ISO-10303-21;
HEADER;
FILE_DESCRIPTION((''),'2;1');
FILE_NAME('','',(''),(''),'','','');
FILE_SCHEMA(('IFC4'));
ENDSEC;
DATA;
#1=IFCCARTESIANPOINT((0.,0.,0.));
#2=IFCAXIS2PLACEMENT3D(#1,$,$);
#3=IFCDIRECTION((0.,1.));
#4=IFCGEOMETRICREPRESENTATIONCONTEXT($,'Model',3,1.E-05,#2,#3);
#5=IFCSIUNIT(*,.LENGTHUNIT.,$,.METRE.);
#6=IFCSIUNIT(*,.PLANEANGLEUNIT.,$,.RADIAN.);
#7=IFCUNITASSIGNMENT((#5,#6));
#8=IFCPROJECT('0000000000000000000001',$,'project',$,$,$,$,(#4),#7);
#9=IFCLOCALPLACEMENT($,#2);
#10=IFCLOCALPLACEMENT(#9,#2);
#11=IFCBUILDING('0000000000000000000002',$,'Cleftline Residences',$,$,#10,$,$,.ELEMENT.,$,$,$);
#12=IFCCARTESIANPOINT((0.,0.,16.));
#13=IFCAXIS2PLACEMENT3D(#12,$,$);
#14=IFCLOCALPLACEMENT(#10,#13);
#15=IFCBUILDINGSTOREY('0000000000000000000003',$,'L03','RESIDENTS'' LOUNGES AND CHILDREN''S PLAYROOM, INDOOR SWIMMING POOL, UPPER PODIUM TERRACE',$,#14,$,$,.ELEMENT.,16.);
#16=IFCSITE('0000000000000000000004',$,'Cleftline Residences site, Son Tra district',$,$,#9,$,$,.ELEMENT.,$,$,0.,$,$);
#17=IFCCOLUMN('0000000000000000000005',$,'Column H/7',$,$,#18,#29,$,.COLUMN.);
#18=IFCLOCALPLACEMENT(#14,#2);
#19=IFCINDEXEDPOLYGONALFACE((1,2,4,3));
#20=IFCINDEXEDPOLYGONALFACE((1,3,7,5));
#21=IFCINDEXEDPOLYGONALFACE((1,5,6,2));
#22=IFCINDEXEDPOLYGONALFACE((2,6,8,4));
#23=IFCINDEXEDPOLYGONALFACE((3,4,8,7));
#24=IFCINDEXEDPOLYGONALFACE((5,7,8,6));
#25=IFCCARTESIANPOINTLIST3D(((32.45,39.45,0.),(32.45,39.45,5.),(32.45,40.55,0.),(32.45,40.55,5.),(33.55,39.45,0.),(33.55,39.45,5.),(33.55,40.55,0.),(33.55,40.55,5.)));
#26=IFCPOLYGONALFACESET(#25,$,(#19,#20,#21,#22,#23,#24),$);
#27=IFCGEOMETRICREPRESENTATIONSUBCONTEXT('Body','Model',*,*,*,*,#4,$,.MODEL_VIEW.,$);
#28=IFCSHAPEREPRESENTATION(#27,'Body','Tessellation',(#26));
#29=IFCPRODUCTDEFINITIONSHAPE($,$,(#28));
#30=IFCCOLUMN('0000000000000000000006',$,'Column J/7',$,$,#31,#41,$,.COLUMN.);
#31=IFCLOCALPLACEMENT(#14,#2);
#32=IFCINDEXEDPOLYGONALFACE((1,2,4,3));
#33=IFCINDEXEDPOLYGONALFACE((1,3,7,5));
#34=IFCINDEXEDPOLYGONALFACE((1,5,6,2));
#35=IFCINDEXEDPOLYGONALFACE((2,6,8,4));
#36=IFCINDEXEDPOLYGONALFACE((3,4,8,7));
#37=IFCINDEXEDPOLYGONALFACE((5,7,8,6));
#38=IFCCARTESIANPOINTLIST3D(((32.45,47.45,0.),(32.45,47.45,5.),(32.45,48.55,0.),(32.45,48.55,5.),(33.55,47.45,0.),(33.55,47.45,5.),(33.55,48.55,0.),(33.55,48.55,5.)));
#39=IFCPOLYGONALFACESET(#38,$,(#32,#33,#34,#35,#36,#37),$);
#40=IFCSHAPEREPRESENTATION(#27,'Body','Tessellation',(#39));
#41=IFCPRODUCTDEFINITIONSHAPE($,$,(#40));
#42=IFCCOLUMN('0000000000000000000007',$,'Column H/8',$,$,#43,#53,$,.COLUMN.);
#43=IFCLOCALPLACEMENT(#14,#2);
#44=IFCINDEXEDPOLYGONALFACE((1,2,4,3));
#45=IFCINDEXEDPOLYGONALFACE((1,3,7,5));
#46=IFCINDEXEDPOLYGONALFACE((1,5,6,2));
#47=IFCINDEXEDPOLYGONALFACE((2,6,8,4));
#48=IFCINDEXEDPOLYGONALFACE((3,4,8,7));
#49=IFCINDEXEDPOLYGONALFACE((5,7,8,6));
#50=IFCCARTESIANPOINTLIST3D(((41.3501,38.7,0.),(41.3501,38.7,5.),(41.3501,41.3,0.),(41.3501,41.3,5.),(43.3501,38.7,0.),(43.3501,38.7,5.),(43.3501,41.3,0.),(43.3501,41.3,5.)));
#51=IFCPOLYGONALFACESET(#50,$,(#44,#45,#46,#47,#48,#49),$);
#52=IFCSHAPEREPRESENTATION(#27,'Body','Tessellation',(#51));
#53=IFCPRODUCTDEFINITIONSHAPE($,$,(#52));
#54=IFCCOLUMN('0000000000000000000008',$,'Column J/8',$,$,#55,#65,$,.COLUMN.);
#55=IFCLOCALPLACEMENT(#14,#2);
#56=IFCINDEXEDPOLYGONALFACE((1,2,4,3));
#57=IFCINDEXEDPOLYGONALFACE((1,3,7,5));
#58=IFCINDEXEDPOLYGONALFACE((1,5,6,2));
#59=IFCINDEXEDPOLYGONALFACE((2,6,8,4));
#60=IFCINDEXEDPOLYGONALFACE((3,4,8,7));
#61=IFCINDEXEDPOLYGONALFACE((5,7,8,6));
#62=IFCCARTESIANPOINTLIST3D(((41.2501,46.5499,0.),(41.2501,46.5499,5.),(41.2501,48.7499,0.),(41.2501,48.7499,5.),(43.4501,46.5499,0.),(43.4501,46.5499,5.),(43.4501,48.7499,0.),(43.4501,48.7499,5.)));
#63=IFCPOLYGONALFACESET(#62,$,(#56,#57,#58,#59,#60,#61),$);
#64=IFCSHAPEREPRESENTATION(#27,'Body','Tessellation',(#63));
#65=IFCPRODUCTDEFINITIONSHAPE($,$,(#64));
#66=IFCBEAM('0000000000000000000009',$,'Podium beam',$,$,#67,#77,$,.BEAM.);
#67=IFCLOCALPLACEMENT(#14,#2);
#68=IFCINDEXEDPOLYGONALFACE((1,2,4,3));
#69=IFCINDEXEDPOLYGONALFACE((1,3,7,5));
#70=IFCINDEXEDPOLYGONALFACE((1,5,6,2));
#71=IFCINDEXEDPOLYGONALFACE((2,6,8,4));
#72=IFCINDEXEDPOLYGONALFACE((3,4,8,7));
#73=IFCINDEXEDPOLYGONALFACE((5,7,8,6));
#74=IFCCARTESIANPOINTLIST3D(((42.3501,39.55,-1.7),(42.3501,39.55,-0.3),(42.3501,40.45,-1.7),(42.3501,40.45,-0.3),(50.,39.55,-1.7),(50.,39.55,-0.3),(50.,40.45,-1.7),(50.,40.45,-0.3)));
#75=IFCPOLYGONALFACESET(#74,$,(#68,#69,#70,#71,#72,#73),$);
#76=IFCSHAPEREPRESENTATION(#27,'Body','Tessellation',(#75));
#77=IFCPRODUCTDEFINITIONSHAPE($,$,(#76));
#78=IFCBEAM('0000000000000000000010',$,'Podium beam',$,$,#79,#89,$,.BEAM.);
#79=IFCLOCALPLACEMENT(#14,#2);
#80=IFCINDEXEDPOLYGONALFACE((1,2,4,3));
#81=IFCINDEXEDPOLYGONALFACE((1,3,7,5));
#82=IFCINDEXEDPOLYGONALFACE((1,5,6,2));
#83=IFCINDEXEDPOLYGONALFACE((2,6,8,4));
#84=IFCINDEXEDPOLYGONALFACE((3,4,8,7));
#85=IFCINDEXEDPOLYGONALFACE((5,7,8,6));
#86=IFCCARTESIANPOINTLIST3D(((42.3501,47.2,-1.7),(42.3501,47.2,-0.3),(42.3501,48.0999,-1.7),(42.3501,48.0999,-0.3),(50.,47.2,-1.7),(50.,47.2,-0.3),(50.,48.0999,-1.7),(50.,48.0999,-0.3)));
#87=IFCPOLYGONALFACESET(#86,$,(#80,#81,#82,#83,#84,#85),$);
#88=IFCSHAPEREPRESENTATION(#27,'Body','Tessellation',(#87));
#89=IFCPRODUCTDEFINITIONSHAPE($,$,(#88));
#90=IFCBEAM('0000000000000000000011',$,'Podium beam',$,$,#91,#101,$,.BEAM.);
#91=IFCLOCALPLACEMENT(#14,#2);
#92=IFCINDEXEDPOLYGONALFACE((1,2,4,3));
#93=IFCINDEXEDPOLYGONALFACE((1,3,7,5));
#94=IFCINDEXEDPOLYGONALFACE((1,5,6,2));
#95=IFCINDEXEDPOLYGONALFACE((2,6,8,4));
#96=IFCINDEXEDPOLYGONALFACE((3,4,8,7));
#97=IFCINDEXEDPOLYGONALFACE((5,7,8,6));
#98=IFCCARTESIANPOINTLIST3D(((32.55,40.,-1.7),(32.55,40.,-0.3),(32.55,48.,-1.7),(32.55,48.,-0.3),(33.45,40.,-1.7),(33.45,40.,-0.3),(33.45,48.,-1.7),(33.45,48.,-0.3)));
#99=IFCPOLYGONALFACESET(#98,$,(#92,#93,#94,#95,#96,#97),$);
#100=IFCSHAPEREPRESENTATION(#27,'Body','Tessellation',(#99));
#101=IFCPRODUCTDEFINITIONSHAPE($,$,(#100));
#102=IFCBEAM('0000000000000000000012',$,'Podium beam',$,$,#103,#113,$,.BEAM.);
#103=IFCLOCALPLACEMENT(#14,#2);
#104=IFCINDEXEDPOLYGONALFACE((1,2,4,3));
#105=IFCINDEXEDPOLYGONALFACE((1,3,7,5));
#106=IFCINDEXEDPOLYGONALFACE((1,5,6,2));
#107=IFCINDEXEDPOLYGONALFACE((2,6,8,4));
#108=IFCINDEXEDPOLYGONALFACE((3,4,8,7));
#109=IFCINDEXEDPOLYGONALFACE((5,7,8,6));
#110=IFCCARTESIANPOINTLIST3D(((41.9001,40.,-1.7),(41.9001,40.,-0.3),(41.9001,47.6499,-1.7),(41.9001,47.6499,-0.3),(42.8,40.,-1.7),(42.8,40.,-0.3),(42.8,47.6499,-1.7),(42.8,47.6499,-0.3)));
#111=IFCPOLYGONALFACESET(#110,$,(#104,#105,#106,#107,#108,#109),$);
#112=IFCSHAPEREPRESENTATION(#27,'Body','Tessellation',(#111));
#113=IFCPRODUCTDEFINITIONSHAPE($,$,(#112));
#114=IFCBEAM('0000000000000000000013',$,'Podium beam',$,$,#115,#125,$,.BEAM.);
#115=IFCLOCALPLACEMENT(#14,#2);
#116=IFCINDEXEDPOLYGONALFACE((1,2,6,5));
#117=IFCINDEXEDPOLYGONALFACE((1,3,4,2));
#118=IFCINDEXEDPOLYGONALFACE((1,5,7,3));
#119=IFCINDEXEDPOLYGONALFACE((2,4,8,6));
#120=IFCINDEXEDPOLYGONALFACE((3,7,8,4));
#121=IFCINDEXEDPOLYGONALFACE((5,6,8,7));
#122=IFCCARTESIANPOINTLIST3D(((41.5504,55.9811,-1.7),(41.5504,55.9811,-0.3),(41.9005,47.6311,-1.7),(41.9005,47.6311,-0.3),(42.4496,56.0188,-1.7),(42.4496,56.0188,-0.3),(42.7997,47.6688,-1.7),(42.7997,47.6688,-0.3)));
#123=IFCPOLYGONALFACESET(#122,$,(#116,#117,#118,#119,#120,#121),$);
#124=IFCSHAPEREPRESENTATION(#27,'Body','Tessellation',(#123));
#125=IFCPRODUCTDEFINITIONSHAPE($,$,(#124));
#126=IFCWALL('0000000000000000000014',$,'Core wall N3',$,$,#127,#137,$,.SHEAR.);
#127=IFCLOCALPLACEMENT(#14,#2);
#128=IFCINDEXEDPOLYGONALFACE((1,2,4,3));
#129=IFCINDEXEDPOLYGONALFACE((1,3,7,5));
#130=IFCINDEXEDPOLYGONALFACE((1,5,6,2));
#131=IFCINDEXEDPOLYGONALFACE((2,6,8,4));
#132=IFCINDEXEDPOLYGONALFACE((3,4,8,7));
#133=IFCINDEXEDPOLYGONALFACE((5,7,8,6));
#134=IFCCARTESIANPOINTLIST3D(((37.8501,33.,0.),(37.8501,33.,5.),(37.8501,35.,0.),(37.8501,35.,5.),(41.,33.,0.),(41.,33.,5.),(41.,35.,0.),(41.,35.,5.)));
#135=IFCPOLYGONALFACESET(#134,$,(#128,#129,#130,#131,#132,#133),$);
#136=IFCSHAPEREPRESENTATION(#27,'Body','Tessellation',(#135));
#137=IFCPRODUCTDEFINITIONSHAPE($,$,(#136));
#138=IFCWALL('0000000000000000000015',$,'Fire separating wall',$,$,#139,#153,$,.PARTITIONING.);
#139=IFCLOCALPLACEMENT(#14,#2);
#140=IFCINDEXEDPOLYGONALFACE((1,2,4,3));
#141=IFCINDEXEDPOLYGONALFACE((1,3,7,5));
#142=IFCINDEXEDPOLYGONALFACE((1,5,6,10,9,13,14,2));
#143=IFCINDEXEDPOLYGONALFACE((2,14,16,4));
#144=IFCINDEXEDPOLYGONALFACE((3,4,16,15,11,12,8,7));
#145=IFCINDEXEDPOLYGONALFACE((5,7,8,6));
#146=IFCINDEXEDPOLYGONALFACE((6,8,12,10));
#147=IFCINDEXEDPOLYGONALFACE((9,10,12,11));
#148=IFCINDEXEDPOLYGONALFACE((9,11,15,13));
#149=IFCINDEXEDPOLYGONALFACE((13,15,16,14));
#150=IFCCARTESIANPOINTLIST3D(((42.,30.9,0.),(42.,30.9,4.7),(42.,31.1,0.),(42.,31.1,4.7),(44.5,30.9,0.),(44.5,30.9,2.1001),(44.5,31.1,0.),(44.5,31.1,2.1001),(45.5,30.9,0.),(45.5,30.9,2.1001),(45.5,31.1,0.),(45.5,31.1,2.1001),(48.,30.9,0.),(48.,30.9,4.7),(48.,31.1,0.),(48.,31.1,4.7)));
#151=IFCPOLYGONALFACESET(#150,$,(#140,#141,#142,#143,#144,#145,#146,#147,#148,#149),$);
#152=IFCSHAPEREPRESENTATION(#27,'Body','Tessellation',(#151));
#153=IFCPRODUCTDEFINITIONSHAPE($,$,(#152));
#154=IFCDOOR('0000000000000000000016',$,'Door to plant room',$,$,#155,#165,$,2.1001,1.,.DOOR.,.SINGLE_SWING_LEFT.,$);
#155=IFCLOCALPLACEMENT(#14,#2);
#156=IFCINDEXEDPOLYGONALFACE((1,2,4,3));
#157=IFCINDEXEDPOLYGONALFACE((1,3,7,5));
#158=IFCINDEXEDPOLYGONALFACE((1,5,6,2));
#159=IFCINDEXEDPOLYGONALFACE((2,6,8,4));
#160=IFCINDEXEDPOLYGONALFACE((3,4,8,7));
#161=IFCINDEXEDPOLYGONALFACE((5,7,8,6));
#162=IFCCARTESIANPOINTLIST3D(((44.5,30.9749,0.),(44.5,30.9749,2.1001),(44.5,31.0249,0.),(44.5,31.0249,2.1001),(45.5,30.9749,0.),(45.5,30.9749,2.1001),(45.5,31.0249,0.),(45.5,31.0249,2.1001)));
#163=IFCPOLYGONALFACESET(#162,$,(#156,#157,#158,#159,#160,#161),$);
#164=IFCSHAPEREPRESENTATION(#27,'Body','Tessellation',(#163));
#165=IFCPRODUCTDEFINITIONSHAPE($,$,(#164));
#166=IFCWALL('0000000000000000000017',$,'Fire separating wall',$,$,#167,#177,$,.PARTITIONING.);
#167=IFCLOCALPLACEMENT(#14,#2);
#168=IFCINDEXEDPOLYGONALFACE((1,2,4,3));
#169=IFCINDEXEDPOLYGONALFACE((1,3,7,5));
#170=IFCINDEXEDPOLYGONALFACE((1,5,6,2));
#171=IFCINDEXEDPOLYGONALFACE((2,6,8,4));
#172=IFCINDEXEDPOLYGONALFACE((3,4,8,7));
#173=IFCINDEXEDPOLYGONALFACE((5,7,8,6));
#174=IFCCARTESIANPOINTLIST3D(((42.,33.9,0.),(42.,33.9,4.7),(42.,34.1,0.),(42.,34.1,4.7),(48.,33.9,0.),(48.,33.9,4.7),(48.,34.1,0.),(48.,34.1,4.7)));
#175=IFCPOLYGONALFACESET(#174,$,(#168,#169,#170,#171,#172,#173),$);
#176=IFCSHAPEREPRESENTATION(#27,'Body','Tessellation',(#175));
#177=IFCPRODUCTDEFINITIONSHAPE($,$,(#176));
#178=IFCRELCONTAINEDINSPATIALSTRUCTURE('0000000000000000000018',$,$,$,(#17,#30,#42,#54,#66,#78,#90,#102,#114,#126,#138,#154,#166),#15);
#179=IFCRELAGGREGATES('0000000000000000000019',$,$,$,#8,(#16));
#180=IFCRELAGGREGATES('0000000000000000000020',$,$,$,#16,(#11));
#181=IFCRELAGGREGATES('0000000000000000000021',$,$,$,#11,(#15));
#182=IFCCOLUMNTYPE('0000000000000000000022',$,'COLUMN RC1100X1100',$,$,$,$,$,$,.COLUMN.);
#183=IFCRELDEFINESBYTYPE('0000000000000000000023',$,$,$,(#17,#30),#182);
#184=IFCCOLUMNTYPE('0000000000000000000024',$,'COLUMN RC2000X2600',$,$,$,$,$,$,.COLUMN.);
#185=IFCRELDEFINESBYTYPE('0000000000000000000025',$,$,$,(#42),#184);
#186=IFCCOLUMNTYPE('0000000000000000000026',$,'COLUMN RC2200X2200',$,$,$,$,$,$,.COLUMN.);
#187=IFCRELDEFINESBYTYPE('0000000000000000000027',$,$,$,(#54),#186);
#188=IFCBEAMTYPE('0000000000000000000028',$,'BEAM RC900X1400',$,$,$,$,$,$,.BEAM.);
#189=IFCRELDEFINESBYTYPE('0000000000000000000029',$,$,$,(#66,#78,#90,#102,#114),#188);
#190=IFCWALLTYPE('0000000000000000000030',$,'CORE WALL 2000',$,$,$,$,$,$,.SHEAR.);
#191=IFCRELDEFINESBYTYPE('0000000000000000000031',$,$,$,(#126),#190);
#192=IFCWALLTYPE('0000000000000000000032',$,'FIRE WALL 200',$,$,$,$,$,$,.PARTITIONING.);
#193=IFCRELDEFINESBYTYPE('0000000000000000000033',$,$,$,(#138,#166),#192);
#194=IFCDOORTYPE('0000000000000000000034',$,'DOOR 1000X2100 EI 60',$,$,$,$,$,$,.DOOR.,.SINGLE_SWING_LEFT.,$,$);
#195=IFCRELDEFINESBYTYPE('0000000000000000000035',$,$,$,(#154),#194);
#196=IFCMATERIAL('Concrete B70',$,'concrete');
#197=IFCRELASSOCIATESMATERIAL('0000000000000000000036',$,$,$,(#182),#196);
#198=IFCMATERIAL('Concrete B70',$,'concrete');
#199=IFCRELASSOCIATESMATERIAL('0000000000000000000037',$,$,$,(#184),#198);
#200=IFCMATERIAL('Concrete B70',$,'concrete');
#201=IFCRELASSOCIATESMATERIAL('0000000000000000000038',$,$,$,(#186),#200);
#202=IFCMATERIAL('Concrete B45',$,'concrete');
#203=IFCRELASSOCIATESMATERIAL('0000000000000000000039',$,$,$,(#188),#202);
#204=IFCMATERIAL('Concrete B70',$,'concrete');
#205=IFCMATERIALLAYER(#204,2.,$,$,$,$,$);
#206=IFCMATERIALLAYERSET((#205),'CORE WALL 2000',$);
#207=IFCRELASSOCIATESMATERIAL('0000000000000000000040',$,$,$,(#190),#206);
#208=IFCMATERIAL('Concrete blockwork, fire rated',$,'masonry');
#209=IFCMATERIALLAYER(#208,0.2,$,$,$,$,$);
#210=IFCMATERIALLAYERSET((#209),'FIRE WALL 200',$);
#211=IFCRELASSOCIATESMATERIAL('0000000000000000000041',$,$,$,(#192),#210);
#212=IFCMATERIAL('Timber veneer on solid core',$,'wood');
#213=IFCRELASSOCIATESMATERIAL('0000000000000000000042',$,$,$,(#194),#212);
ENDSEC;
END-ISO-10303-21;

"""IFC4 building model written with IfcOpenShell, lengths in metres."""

from ifc_helpers import new_model, si_unit, direction, frame, frame_2d, origin, origin_2d, place, context, subcontext, project, spatial, rectangle, extrude, material, layer, layer_set, material_profile, profile_set, type_object, element, fill, save


model = new_model("IFC4")

# Units and contexts
model_context = context("Model", 3, precision=1e-05, world=origin(), true_north=direction((0.0, 1.0)))
body_context = subcontext(model_context, "Body", "Model", "MODEL_VIEW")
ifc_project = project(units=[si_unit("LENGTHUNIT", "METRE"), si_unit("PLANEANGLEUNIT", "RADIAN")], contexts=[model_context])

# Site, building, storey
site_placement = place(None, origin())
site = spatial("IfcSite", under=ifc_project, at=site_placement, Name="Cleftline Residences site, Son Tra district", CompositionType="ELEMENT", RefElevation=0.0)
building_placement = place(site_placement, origin())
building = spatial("IfcBuilding", under=site, at=building_placement, Name="Cleftline Residences", CompositionType="ELEMENT")
storey_placement = place(building_placement, frame((0.0, 0.0, 16.0)))
storey = spatial("IfcBuildingStorey", under=building, at=storey_placement, Name="L03", Description="RESIDENTS' LOUNGES AND CHILDREN'S PLAYROOM, INDOOR SWIMMING POOL, UPPER PODIUM TERRACE", CompositionType="ELEMENT", Elevation=16.0)

# Columns
ifc_material_1 = material(Name="Concrete B70", Category="concrete")
ifc_material_profile_1 = material_profile(ifc_material_1, rectangle(XDim=1.1001, YDim=1.1001, at=origin_2d()))
ifc_profile_set_1 = profile_set([ifc_material_profile_1], Name="Concrete B70")
column_type_1 = type_object("IfcColumnType", Name="COLUMN RC1100X1100", PredefinedType="COLUMN", material=ifc_profile_set_1)
for number, where, z_axis, x_axis, name in (
    (1, (33.0, 40.0, 0.0), (0.0, 0.0, 1.0), (1.0, 0.0, 0.0), "Column H/7"),
    (2, (33.0, 48.0, 0.0), (0.0, 0.0, 1.0), (1.0, 0.0, 0.0), "Column J/7"),
):
    element("IfcColumn", number, at=place(storey_placement, frame(where, z_axis=z_axis, x_axis=x_axis)), inside=storey, type_object=column_type_1, Name=name, PredefinedType="COLUMN", context=body_context, shape_type="SweptSolid", body=[
        extrude(rectangle(XDim=1.1001, YDim=1.1001, at=origin_2d()), origin(), (0.0, 0.0, 1.0), 5.0),
    ])
ifc_material_2 = material(Name="Concrete B70", Category="concrete")
ifc_material_profile_2 = material_profile(ifc_material_2, rectangle(XDim=2.0, YDim=2.6001, at=origin_2d()))
ifc_profile_set_2 = profile_set([ifc_material_profile_2], Name="Concrete B70")
column_type_2 = type_object("IfcColumnType", Name="COLUMN RC2000X2600", PredefinedType="COLUMN", material=ifc_profile_set_2)
column_1_placement = place(storey_placement, frame((42.3501, 40.0, 0.0), z_axis=(0.0, 0.0, 1.0), x_axis=(1.0, 0.0, 0.0)))
element("IfcColumn", 3, at=column_1_placement, inside=storey, type_object=column_type_2, Name="Column H/8", PredefinedType="COLUMN", context=body_context, shape_type="SweptSolid", body=[
    extrude(rectangle(XDim=2.0, YDim=2.6001, at=origin_2d()), origin(), (0.0, 0.0, 1.0), 5.0),
])
ifc_material_3 = material(Name="Concrete B70", Category="concrete")
ifc_material_profile_3 = material_profile(ifc_material_3, rectangle(XDim=2.2, YDim=2.2, at=origin_2d()))
ifc_profile_set_3 = profile_set([ifc_material_profile_3], Name="Concrete B70")
column_type_3 = type_object("IfcColumnType", Name="COLUMN RC2200X2200", PredefinedType="COLUMN", material=ifc_profile_set_3)
column_2_placement = place(storey_placement, frame((42.3501, 47.6499, 0.0), z_axis=(0.0, 0.0, 1.0), x_axis=(1.0, 0.0, 0.0)))
element("IfcColumn", 4, at=column_2_placement, inside=storey, type_object=column_type_3, Name="Column J/8", PredefinedType="COLUMN", context=body_context, shape_type="SweptSolid", body=[
    extrude(rectangle(XDim=2.2, YDim=2.2, at=origin_2d()), origin(), (0.0, 0.0, 1.0), 5.0),
])

# Beams
ifc_material_4 = material(Name="Concrete B45", Category="concrete")
ifc_material_profile_4 = material_profile(ifc_material_4, rectangle(XDim=0.8999, YDim=1.3999, at=origin_2d()))
ifc_profile_set_4 = profile_set([ifc_material_profile_4], Name="Concrete B45")
beam_type = type_object("IfcBeamType", Name="BEAM RC900X1400", PredefinedType="BEAM", material=ifc_profile_set_4)
for number, where, z_axis, x_axis, name in (
    (5, (42.3501, 40.0, -1.0), (1.0, 0.0, 0.0), (0.0, 1.0, 0.0), "Podium beam"),
    (6, (42.3501, 47.6499, -1.0), (1.0, 0.0, 0.0), (0.0, 1.0, 0.0), "Podium beam"),
):
    element("IfcBeam", number, at=place(storey_placement, frame(where, z_axis=z_axis, x_axis=x_axis)), inside=storey, type_object=beam_type, Name=name, PredefinedType="BEAM", context=body_context, shape_type="SweptSolid", body=[
        extrude(rectangle(XDim=0.8999, YDim=1.3999, at=origin_2d()), origin(), (0.0, 0.0, 1.0), 7.6499),
    ])
beam_1_placement = place(storey_placement, frame((33.0, 40.0, -1.0), z_axis=(0.0, 1.0, 0.0), x_axis=(-1.0, 0.0, 0.0)))
element("IfcBeam", 7, at=beam_1_placement, inside=storey, type_object=beam_type, Name="Podium beam", PredefinedType="BEAM", context=body_context, shape_type="SweptSolid", body=[
    extrude(rectangle(XDim=0.8999, YDim=1.3999, at=origin_2d()), origin(), (0.0, 0.0, 1.0), 8.0),
])
beam_2_placement = place(storey_placement, frame((42.3501, 40.0, -1.0), z_axis=(0.0, 1.0, 0.0), x_axis=(-1.0, 0.0, 0.0)))
element("IfcBeam", 8, at=beam_2_placement, inside=storey, type_object=beam_type, Name="Podium beam", PredefinedType="BEAM", context=body_context, shape_type="SweptSolid", body=[
    extrude(rectangle(XDim=0.8999, YDim=1.3999, at=origin_2d()), origin(), (0.0, 0.0, 1.0), 7.6499),
])
beam_3_placement = place(storey_placement, frame((42.3501, 47.6499, -1.0), z_axis=(-0.041891, 0.999122, 0.0), x_axis=(-0.999122, -0.041891, 0.0)))
element("IfcBeam", 9, at=beam_3_placement, inside=storey, type_object=beam_type, Name="Podium beam", PredefinedType="BEAM", context=body_context, shape_type="SweptSolid", body=[
    extrude(rectangle(XDim=0.8999, YDim=1.3999, at=origin_2d()), origin(), (0.0, 0.0, 1.0), 8.3574),
])

# Wall
ifc_material_5 = material(Name="Concrete B70", Category="concrete")
ifc_layer_1 = layer(ifc_material_5, 2.0)
ifc_layer_set_1 = layer_set([ifc_layer_1], Name="CORE WALL 2000")
wall_type_1 = type_object("IfcWallType", Name="CORE WALL 2000", PredefinedType="SHEAR", material=ifc_layer_set_1)
wall_1_placement = place(storey_placement, frame((37.8501, 34.0, 0.0), z_axis=(0.0, 0.0, 1.0), x_axis=(1.0, 0.0, 0.0)))
element("IfcWall", 10, at=wall_1_placement, inside=storey, type_object=wall_type_1, Name="Core wall N3", PredefinedType="SHEAR", context=body_context, shape_type="SweptSolid", body=[
    extrude(rectangle(XDim=3.1499, YDim=2.0, at=frame_2d((1.575, 0.0))), origin(), (0.0, 0.0, 1.0), 5.0),
])

# Wall, opening, door
ifc_material_6 = material(Name="Concrete blockwork, fire rated", Category="masonry")
ifc_layer_2 = layer(ifc_material_6, 0.2)
ifc_layer_set_2 = layer_set([ifc_layer_2], Name="FIRE WALL 200")
wall_type_2 = type_object("IfcWallType", Name="FIRE WALL 200", PredefinedType="PARTITIONING", material=ifc_layer_set_2)
wall_2_placement = place(storey_placement, frame((42.0, 31.0, 0.0), z_axis=(0.0, 0.0, 1.0), x_axis=(1.0, 0.0, 0.0)))
wall_2 = element("IfcWall", 11, at=wall_2_placement, inside=storey, type_object=wall_type_2, Name="Fire separating wall", PredefinedType="PARTITIONING", context=body_context, shape_type="SweptSolid", body=[
    extrude(rectangle(XDim=6.0, YDim=0.2, at=frame_2d((3.0, 0.0))), origin(), (0.0, 0.0, 1.0), 4.7),
])
opening_1_placement = place(wall_2_placement, frame((2.5, 0.0, 0.0)))
opening_1 = element("IfcOpeningElement", 12, at=opening_1_placement, cuts=wall_2, PredefinedType="OPENING", context=body_context, shape_type="SweptSolid", body=[
    extrude(rectangle(XDim=1.0, YDim=2.1001, at=frame_2d((0.5, 1.05))), frame((0.0, 0.1099, 0.0), z_axis=(0.0, -1.0, 0.0), x_axis=(1.0, 0.0, 0.0)), (0.0, 0.0, 1.0), 0.22),
])
ifc_material_7 = material(Name="Timber veneer on solid core", Category="wood")
door_type_1 = type_object("IfcDoorType", Name="DOOR 1000X2100 EI 60", OperationType="SINGLE_SWING_LEFT", PredefinedType="DOOR", material=ifc_material_7)
door_1_placement = place(opening_1_placement, origin())
door_1 = element("IfcDoor", 13, at=door_1_placement, inside=storey, type_object=door_type_1, Name="Door to plant room", OperationType="SINGLE_SWING_LEFT", OverallHeight=2.1001, OverallWidth=1.0, PredefinedType="DOOR", context=body_context, shape_type="SweptSolid", body=[
    extrude(rectangle(XDim=1.0, YDim=2.1001, at=frame_2d((0.5, 1.05))), frame((0.0, 0.0249, 0.0), z_axis=(0.0, -1.0, 0.0), x_axis=(1.0, 0.0, 0.0)), (0.0, 0.0, 1.0), 0.05),
])
fill(opening_1, door_1)

# Wall
wall_3_placement = place(storey_placement, frame((42.0, 34.0, 0.0), z_axis=(0.0, 0.0, 1.0), x_axis=(1.0, 0.0, 0.0)))
element("IfcWall", 14, at=wall_3_placement, inside=storey, type_object=wall_type_2, Name="Fire separating wall", PredefinedType="PARTITIONING", context=body_context, shape_type="SweptSolid", body=[
    extrude(rectangle(XDim=6.0, YDim=0.2, at=frame_2d((3.0, 0.0))), origin(), (0.0, 0.0, 1.0), 4.7),
])

save(model, "model.ifc")
